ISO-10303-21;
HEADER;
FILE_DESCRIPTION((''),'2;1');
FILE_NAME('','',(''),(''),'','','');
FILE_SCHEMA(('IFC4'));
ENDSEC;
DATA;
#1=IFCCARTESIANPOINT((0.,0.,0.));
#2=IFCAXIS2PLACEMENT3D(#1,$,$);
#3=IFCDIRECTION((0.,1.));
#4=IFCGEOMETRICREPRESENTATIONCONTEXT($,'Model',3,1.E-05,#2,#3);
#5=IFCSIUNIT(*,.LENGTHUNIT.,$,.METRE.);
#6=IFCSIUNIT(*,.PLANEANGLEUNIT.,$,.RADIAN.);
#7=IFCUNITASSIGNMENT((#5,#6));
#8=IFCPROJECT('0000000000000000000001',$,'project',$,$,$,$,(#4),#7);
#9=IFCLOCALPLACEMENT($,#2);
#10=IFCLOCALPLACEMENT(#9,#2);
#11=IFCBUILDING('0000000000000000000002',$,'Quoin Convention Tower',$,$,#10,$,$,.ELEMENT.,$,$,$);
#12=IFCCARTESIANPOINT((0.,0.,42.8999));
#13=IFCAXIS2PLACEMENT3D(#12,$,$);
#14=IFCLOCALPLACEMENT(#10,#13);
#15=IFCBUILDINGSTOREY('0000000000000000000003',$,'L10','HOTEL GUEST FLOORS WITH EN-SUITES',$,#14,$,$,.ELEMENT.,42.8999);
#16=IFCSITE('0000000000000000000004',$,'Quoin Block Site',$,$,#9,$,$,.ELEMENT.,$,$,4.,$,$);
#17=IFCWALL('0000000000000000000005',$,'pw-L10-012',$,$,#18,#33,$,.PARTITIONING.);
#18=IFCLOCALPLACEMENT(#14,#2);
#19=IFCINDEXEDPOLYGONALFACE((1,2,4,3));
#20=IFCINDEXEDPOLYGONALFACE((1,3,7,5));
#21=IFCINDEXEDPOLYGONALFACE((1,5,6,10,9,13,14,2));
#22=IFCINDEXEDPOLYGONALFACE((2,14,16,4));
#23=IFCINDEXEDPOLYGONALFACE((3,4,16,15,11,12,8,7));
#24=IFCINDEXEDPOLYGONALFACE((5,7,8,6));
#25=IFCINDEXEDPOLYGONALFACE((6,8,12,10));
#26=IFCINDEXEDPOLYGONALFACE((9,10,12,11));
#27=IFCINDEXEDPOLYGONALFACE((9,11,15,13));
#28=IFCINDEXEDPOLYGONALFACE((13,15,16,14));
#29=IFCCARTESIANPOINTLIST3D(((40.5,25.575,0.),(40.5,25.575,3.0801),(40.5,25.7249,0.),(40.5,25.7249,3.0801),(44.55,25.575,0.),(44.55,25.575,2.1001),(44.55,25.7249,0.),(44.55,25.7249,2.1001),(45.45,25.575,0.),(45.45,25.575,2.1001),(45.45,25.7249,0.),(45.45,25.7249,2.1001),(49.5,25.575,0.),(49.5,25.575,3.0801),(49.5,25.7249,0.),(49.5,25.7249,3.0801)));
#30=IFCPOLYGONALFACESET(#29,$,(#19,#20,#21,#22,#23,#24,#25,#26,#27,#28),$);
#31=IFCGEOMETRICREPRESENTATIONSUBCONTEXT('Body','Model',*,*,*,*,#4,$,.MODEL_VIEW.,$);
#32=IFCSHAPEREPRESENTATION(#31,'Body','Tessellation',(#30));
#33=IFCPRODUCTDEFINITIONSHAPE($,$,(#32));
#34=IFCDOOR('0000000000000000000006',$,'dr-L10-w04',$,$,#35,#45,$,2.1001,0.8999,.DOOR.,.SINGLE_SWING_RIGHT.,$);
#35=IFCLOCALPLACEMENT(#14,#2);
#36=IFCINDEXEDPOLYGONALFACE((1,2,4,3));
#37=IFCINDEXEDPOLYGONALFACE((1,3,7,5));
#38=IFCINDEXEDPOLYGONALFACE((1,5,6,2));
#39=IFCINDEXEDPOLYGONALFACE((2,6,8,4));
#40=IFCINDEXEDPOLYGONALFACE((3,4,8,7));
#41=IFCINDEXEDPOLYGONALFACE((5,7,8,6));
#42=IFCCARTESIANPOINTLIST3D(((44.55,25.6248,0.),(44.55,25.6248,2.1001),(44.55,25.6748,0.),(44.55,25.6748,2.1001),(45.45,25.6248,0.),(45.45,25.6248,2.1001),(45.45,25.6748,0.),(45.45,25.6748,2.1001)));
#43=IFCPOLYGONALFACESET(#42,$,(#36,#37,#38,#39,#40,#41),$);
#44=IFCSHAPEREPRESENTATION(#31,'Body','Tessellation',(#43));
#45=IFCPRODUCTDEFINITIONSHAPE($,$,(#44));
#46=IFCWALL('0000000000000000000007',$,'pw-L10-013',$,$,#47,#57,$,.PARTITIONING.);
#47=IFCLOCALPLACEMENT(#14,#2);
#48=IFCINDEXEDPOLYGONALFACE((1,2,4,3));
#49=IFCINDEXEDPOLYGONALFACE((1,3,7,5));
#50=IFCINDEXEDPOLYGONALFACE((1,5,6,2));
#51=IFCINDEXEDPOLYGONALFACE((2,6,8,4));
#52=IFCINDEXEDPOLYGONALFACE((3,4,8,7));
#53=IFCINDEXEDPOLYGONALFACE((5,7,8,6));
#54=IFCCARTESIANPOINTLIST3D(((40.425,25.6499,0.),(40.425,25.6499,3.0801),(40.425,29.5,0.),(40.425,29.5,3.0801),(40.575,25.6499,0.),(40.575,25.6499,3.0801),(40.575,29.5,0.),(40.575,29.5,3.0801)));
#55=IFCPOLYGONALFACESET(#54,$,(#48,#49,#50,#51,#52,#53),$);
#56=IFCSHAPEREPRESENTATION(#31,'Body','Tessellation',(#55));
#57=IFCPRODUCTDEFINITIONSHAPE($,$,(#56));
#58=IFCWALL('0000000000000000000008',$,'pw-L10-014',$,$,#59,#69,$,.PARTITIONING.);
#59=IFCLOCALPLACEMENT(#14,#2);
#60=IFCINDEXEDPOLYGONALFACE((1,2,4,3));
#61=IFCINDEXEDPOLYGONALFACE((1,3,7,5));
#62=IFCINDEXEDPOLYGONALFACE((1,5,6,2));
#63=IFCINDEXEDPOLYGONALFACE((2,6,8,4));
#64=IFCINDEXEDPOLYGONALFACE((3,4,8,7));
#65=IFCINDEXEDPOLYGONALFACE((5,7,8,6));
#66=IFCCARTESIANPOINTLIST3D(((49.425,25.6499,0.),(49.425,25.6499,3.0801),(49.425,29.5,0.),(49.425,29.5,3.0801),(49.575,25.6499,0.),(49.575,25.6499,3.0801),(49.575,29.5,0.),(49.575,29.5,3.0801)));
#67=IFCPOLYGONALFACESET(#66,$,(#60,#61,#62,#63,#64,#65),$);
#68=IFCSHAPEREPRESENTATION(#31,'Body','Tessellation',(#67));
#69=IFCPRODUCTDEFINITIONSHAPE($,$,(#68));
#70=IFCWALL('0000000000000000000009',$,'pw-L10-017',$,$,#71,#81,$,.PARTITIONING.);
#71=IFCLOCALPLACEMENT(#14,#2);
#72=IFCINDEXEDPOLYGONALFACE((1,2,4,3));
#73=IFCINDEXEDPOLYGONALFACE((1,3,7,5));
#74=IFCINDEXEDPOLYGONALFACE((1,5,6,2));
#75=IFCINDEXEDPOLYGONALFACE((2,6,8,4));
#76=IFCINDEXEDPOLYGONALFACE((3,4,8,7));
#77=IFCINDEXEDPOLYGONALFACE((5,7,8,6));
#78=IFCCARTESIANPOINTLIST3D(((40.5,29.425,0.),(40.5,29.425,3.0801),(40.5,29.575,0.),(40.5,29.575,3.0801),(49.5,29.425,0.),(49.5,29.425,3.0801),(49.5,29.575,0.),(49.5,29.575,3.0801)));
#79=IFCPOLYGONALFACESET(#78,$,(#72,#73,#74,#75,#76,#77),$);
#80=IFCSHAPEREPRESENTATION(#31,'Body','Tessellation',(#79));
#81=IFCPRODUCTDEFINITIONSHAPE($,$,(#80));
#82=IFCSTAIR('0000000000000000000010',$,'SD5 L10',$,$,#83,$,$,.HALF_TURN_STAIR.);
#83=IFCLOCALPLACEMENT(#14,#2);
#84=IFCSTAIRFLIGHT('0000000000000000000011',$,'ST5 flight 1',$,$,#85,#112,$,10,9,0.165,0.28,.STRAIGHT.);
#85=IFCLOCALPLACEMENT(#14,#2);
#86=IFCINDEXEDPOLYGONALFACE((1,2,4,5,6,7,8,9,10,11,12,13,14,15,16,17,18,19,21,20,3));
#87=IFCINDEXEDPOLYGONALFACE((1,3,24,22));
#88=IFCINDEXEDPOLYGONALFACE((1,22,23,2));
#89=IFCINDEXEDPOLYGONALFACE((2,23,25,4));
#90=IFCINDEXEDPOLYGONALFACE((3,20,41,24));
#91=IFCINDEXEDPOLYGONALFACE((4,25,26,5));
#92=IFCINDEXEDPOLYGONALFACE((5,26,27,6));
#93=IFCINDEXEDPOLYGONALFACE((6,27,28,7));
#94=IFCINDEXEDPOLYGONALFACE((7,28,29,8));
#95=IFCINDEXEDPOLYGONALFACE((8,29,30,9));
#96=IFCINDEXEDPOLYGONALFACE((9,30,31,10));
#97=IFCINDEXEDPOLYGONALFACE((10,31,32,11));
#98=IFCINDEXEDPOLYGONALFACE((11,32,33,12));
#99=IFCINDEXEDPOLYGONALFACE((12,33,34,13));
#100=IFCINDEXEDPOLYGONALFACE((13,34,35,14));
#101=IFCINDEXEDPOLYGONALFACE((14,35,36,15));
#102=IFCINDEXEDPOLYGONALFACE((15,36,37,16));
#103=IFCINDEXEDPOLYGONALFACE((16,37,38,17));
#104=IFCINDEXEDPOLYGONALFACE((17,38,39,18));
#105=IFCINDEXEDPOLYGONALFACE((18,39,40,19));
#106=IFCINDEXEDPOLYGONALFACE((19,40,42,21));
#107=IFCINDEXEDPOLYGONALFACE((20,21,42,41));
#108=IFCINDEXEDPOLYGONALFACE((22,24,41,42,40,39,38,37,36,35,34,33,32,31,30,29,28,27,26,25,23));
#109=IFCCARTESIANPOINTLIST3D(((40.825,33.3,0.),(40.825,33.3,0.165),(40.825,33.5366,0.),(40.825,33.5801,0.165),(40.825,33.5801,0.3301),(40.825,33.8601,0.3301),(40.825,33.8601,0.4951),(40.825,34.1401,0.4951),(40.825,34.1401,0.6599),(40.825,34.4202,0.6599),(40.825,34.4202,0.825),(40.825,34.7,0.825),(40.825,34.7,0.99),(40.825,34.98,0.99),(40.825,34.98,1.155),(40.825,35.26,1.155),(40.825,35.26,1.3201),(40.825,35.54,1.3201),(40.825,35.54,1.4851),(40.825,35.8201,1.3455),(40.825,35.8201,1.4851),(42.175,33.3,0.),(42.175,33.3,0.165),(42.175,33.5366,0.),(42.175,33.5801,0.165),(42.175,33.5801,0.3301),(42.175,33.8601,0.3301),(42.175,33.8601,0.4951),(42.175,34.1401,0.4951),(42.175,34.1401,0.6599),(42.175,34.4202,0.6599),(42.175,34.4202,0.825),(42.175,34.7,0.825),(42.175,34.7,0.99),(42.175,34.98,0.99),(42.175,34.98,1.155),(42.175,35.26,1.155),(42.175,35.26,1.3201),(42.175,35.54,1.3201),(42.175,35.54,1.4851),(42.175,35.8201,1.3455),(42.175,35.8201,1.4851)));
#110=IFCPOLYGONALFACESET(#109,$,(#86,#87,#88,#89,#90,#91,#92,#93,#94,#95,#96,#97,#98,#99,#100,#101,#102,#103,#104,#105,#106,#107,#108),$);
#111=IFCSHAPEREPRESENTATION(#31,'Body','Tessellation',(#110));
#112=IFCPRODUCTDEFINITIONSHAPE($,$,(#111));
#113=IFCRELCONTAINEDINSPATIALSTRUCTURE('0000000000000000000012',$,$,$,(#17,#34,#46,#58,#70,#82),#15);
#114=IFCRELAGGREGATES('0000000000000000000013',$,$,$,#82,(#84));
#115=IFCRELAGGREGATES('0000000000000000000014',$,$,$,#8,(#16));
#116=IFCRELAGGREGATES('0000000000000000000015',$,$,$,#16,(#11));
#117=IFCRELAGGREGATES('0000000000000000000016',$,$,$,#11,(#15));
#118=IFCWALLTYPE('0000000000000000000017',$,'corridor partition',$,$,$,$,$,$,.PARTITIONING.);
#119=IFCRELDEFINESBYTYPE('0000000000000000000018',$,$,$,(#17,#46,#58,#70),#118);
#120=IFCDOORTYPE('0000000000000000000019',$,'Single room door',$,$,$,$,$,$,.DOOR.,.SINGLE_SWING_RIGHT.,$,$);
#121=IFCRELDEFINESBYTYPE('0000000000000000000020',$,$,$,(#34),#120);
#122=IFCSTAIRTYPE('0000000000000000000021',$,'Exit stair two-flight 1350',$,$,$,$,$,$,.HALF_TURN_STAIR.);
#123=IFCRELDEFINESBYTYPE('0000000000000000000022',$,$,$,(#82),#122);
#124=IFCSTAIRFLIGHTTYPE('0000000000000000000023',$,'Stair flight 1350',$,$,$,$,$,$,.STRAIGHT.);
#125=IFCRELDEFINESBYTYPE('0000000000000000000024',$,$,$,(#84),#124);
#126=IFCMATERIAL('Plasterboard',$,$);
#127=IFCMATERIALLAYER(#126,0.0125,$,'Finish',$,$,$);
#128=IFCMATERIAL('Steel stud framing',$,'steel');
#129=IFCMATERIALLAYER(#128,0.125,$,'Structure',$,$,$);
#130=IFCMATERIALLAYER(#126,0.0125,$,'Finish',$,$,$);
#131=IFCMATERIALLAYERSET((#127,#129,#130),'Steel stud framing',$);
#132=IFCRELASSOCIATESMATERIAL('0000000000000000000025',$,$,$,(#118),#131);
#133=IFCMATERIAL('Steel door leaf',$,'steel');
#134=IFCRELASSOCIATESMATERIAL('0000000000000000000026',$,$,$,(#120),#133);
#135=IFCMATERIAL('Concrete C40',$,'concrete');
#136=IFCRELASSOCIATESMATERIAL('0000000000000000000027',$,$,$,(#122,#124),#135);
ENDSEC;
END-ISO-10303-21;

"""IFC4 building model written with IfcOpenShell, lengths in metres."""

from ifc_helpers import new_model, si_unit, direction, frame, frame_2d, origin, place, context, subcontext, project, spatial, polyline, rectangle, outline, extrude, material, layer, layer_set, type_object, element, fill, aggregate, save


model = new_model("IFC4")

# Units and contexts
model_context = context("Model", 3, precision=1e-05, world=origin(), true_north=direction((0.0, 1.0)))
body_context = subcontext(model_context, "Body", "Model", "MODEL_VIEW")
ifc_project = project(units=[si_unit("LENGTHUNIT", "METRE"), si_unit("PLANEANGLEUNIT", "RADIAN")], contexts=[model_context])

# Site, building, storey
site_placement = place(None, origin())
site = spatial("IfcSite", under=ifc_project, at=site_placement, Name="Quoin Block Site", CompositionType="ELEMENT", RefElevation=4.0)
building_placement = place(site_placement, origin())
building = spatial("IfcBuilding", under=site, at=building_placement, Name="Quoin Convention Tower", CompositionType="ELEMENT")
storey_placement = place(building_placement, frame((0.0, 0.0, 42.8999)))
storey = spatial("IfcBuildingStorey", under=building, at=storey_placement, Name="L10", Description="HOTEL GUEST FLOORS WITH EN-SUITES", CompositionType="ELEMENT", Elevation=42.8999)

# Shared definitions
ifc_material_1 = material(Name="Steel door leaf", Category="steel")

# Wall, opening, door
ifc_material_2 = material(Name="Plasterboard")
ifc_layer_1 = layer(ifc_material_2, 0.0125, Name="Finish")
ifc_material_3 = material(Name="Steel stud framing", Category="steel")
ifc_layer_2 = layer(ifc_material_3, 0.125, Name="Structure")
ifc_layer_3 = layer(ifc_material_2, 0.0125, Name="Finish")
ifc_layer_set_1 = layer_set([ifc_layer_1, ifc_layer_2, ifc_layer_3], Name="Steel stud framing")
wall_type_1 = type_object("IfcWallType", Name="corridor partition", PredefinedType="PARTITIONING", material=ifc_layer_set_1)
door_type_1 = type_object("IfcDoorType", Name="Single room door", OperationType="SINGLE_SWING_RIGHT", PredefinedType="DOOR", material=ifc_material_1)
wall_1_placement = place(storey_placement, frame((40.5, 25.6499, 0.0), z_axis=(0.0, 0.0, 1.0), x_axis=(1.0, 0.0, 0.0)))
wall_1 = element("IfcWall", 1, at=wall_1_placement, inside=storey, type_object=wall_type_1, Name="pw-L10-012", PredefinedType="PARTITIONING", context=body_context, shape_type="SweptSolid", body=[
    extrude(rectangle(XDim=9.0, YDim=0.1499, at=frame_2d((4.5, 0.0))), origin(), (0.0, 0.0, 1.0), 3.0801),
])
opening_1_placement = place(wall_1_placement, frame((4.05, 0.0, 0.0)))
opening_1 = element("IfcOpeningElement", 2, at=opening_1_placement, cuts=wall_1, PredefinedType="OPENING", context=body_context, shape_type="SweptSolid", body=[
    extrude(rectangle(XDim=0.8999, YDim=2.1001, at=frame_2d((0.45, 1.05))), frame((0.0, 0.085, 0.0), z_axis=(0.0, -1.0, 0.0), x_axis=(1.0, 0.0, 0.0)), (0.0, 0.0, 1.0), 0.1699),
])
door_1_placement = place(opening_1_placement, origin())
door_1 = element("IfcDoor", 3, at=door_1_placement, inside=storey, type_object=door_type_1, Name="dr-L10-w04", OperationType="SINGLE_SWING_RIGHT", OverallHeight=2.1001, OverallWidth=0.8999, PredefinedType="DOOR", context=body_context, shape_type="SweptSolid", body=[
    extrude(rectangle(XDim=0.8999, YDim=2.1001, at=frame_2d((0.45, 1.05))), frame((0.0, 0.0249, 0.0), z_axis=(0.0, -1.0, 0.0), x_axis=(1.0, 0.0, 0.0)), (0.0, 0.0, 1.0), 0.05),
])
fill(opening_1, door_1)

# Walls
for number, where, z_axis, x_axis, name in (
    (4, (40.5, 25.6499, 0.0), (0.0, 0.0, 1.0), (0.0, 1.0, 0.0), "pw-L10-013"),
    (5, (49.5, 25.6499, 0.0), (0.0, 0.0, 1.0), (0.0, 1.0, 0.0), "pw-L10-014"),
):
    element("IfcWall", number, at=place(storey_placement, frame(where, z_axis=z_axis, x_axis=x_axis)), inside=storey, type_object=wall_type_1, Name=name, PredefinedType="PARTITIONING", context=body_context, shape_type="SweptSolid", body=[
        extrude(rectangle(XDim=3.8501, YDim=0.1499, at=frame_2d((1.925, 0.0))), origin(), (0.0, 0.0, 1.0), 3.0801),
    ])
wall_2_placement = place(storey_placement, frame((40.5, 29.5, 0.0), z_axis=(0.0, 0.0, 1.0), x_axis=(1.0, 0.0, 0.0)))
element("IfcWall", 6, at=wall_2_placement, inside=storey, type_object=wall_type_1, Name="pw-L10-017", PredefinedType="PARTITIONING", context=body_context, shape_type="SweptSolid", body=[
    extrude(rectangle(XDim=9.0, YDim=0.1499, at=frame_2d((4.5, 0.0))), origin(), (0.0, 0.0, 1.0), 3.0801),
])

# Stair, stair flight
ifc_material_4 = material(Name="Concrete C40", Category="concrete")
stair_type = type_object("IfcStairType", Name="Exit stair two-flight 1350", PredefinedType="HALF_TURN_STAIR", material=ifc_material_4)
stair_placement = place(storey_placement, origin())
stair = element("IfcStair", 7, at=stair_placement, inside=storey, type_object=stair_type, Name="SD5 L10", PredefinedType="HALF_TURN_STAIR")
stair_flight_type = type_object("IfcStairFlightType", Name="Stair flight 1350", PredefinedType="STRAIGHT", material=ifc_material_4)
stair_flight_placement = place(storey_placement, frame((41.5, 33.3, 0.0), z_axis=(0.0, 0.0, 1.0), x_axis=(0.0, 1.0, 0.0)))
stair_flight = element("IfcStairFlight", 8, at=stair_flight_placement, type_object=stair_flight_type, Name="ST5 flight 1", NumberOfRisers=10, NumberOfTreads=9, PredefinedType="STRAIGHT", RiserHeight=0.165, TreadLength=0.28, context=body_context, shape_type="SweptSolid", body=[
    extrude(outline(polyline([(0.0, 0.0), (0.0, 0.165), (0.28, 0.165), (0.28, 0.3301), (0.5601, 0.3301), (0.5601, 0.4951), (0.8401, 0.4951), (0.8401, 0.6599), (1.1201, 0.6599), (1.1201, 0.825), (1.3999, 0.825), (1.3999, 0.99), (1.6799, 0.99), (1.6799, 1.155), (1.96, 1.155), (1.96, 1.3201), (2.24, 1.3201), (2.24, 1.4851), (2.52, 1.4851), (2.52, 1.6499), (2.52, 1.3455), (0.2366, 0.0), (0.0, 0.0)])), frame((0.0, 0.675, 0.0), z_axis=(0.0, -1.0, 0.0), x_axis=(1.0, 0.0, 0.0)), (0.0, 0.0, 1.0), 1.3501),
])
aggregate(stair, [stair_flight])

save(model, "model.ifc")
